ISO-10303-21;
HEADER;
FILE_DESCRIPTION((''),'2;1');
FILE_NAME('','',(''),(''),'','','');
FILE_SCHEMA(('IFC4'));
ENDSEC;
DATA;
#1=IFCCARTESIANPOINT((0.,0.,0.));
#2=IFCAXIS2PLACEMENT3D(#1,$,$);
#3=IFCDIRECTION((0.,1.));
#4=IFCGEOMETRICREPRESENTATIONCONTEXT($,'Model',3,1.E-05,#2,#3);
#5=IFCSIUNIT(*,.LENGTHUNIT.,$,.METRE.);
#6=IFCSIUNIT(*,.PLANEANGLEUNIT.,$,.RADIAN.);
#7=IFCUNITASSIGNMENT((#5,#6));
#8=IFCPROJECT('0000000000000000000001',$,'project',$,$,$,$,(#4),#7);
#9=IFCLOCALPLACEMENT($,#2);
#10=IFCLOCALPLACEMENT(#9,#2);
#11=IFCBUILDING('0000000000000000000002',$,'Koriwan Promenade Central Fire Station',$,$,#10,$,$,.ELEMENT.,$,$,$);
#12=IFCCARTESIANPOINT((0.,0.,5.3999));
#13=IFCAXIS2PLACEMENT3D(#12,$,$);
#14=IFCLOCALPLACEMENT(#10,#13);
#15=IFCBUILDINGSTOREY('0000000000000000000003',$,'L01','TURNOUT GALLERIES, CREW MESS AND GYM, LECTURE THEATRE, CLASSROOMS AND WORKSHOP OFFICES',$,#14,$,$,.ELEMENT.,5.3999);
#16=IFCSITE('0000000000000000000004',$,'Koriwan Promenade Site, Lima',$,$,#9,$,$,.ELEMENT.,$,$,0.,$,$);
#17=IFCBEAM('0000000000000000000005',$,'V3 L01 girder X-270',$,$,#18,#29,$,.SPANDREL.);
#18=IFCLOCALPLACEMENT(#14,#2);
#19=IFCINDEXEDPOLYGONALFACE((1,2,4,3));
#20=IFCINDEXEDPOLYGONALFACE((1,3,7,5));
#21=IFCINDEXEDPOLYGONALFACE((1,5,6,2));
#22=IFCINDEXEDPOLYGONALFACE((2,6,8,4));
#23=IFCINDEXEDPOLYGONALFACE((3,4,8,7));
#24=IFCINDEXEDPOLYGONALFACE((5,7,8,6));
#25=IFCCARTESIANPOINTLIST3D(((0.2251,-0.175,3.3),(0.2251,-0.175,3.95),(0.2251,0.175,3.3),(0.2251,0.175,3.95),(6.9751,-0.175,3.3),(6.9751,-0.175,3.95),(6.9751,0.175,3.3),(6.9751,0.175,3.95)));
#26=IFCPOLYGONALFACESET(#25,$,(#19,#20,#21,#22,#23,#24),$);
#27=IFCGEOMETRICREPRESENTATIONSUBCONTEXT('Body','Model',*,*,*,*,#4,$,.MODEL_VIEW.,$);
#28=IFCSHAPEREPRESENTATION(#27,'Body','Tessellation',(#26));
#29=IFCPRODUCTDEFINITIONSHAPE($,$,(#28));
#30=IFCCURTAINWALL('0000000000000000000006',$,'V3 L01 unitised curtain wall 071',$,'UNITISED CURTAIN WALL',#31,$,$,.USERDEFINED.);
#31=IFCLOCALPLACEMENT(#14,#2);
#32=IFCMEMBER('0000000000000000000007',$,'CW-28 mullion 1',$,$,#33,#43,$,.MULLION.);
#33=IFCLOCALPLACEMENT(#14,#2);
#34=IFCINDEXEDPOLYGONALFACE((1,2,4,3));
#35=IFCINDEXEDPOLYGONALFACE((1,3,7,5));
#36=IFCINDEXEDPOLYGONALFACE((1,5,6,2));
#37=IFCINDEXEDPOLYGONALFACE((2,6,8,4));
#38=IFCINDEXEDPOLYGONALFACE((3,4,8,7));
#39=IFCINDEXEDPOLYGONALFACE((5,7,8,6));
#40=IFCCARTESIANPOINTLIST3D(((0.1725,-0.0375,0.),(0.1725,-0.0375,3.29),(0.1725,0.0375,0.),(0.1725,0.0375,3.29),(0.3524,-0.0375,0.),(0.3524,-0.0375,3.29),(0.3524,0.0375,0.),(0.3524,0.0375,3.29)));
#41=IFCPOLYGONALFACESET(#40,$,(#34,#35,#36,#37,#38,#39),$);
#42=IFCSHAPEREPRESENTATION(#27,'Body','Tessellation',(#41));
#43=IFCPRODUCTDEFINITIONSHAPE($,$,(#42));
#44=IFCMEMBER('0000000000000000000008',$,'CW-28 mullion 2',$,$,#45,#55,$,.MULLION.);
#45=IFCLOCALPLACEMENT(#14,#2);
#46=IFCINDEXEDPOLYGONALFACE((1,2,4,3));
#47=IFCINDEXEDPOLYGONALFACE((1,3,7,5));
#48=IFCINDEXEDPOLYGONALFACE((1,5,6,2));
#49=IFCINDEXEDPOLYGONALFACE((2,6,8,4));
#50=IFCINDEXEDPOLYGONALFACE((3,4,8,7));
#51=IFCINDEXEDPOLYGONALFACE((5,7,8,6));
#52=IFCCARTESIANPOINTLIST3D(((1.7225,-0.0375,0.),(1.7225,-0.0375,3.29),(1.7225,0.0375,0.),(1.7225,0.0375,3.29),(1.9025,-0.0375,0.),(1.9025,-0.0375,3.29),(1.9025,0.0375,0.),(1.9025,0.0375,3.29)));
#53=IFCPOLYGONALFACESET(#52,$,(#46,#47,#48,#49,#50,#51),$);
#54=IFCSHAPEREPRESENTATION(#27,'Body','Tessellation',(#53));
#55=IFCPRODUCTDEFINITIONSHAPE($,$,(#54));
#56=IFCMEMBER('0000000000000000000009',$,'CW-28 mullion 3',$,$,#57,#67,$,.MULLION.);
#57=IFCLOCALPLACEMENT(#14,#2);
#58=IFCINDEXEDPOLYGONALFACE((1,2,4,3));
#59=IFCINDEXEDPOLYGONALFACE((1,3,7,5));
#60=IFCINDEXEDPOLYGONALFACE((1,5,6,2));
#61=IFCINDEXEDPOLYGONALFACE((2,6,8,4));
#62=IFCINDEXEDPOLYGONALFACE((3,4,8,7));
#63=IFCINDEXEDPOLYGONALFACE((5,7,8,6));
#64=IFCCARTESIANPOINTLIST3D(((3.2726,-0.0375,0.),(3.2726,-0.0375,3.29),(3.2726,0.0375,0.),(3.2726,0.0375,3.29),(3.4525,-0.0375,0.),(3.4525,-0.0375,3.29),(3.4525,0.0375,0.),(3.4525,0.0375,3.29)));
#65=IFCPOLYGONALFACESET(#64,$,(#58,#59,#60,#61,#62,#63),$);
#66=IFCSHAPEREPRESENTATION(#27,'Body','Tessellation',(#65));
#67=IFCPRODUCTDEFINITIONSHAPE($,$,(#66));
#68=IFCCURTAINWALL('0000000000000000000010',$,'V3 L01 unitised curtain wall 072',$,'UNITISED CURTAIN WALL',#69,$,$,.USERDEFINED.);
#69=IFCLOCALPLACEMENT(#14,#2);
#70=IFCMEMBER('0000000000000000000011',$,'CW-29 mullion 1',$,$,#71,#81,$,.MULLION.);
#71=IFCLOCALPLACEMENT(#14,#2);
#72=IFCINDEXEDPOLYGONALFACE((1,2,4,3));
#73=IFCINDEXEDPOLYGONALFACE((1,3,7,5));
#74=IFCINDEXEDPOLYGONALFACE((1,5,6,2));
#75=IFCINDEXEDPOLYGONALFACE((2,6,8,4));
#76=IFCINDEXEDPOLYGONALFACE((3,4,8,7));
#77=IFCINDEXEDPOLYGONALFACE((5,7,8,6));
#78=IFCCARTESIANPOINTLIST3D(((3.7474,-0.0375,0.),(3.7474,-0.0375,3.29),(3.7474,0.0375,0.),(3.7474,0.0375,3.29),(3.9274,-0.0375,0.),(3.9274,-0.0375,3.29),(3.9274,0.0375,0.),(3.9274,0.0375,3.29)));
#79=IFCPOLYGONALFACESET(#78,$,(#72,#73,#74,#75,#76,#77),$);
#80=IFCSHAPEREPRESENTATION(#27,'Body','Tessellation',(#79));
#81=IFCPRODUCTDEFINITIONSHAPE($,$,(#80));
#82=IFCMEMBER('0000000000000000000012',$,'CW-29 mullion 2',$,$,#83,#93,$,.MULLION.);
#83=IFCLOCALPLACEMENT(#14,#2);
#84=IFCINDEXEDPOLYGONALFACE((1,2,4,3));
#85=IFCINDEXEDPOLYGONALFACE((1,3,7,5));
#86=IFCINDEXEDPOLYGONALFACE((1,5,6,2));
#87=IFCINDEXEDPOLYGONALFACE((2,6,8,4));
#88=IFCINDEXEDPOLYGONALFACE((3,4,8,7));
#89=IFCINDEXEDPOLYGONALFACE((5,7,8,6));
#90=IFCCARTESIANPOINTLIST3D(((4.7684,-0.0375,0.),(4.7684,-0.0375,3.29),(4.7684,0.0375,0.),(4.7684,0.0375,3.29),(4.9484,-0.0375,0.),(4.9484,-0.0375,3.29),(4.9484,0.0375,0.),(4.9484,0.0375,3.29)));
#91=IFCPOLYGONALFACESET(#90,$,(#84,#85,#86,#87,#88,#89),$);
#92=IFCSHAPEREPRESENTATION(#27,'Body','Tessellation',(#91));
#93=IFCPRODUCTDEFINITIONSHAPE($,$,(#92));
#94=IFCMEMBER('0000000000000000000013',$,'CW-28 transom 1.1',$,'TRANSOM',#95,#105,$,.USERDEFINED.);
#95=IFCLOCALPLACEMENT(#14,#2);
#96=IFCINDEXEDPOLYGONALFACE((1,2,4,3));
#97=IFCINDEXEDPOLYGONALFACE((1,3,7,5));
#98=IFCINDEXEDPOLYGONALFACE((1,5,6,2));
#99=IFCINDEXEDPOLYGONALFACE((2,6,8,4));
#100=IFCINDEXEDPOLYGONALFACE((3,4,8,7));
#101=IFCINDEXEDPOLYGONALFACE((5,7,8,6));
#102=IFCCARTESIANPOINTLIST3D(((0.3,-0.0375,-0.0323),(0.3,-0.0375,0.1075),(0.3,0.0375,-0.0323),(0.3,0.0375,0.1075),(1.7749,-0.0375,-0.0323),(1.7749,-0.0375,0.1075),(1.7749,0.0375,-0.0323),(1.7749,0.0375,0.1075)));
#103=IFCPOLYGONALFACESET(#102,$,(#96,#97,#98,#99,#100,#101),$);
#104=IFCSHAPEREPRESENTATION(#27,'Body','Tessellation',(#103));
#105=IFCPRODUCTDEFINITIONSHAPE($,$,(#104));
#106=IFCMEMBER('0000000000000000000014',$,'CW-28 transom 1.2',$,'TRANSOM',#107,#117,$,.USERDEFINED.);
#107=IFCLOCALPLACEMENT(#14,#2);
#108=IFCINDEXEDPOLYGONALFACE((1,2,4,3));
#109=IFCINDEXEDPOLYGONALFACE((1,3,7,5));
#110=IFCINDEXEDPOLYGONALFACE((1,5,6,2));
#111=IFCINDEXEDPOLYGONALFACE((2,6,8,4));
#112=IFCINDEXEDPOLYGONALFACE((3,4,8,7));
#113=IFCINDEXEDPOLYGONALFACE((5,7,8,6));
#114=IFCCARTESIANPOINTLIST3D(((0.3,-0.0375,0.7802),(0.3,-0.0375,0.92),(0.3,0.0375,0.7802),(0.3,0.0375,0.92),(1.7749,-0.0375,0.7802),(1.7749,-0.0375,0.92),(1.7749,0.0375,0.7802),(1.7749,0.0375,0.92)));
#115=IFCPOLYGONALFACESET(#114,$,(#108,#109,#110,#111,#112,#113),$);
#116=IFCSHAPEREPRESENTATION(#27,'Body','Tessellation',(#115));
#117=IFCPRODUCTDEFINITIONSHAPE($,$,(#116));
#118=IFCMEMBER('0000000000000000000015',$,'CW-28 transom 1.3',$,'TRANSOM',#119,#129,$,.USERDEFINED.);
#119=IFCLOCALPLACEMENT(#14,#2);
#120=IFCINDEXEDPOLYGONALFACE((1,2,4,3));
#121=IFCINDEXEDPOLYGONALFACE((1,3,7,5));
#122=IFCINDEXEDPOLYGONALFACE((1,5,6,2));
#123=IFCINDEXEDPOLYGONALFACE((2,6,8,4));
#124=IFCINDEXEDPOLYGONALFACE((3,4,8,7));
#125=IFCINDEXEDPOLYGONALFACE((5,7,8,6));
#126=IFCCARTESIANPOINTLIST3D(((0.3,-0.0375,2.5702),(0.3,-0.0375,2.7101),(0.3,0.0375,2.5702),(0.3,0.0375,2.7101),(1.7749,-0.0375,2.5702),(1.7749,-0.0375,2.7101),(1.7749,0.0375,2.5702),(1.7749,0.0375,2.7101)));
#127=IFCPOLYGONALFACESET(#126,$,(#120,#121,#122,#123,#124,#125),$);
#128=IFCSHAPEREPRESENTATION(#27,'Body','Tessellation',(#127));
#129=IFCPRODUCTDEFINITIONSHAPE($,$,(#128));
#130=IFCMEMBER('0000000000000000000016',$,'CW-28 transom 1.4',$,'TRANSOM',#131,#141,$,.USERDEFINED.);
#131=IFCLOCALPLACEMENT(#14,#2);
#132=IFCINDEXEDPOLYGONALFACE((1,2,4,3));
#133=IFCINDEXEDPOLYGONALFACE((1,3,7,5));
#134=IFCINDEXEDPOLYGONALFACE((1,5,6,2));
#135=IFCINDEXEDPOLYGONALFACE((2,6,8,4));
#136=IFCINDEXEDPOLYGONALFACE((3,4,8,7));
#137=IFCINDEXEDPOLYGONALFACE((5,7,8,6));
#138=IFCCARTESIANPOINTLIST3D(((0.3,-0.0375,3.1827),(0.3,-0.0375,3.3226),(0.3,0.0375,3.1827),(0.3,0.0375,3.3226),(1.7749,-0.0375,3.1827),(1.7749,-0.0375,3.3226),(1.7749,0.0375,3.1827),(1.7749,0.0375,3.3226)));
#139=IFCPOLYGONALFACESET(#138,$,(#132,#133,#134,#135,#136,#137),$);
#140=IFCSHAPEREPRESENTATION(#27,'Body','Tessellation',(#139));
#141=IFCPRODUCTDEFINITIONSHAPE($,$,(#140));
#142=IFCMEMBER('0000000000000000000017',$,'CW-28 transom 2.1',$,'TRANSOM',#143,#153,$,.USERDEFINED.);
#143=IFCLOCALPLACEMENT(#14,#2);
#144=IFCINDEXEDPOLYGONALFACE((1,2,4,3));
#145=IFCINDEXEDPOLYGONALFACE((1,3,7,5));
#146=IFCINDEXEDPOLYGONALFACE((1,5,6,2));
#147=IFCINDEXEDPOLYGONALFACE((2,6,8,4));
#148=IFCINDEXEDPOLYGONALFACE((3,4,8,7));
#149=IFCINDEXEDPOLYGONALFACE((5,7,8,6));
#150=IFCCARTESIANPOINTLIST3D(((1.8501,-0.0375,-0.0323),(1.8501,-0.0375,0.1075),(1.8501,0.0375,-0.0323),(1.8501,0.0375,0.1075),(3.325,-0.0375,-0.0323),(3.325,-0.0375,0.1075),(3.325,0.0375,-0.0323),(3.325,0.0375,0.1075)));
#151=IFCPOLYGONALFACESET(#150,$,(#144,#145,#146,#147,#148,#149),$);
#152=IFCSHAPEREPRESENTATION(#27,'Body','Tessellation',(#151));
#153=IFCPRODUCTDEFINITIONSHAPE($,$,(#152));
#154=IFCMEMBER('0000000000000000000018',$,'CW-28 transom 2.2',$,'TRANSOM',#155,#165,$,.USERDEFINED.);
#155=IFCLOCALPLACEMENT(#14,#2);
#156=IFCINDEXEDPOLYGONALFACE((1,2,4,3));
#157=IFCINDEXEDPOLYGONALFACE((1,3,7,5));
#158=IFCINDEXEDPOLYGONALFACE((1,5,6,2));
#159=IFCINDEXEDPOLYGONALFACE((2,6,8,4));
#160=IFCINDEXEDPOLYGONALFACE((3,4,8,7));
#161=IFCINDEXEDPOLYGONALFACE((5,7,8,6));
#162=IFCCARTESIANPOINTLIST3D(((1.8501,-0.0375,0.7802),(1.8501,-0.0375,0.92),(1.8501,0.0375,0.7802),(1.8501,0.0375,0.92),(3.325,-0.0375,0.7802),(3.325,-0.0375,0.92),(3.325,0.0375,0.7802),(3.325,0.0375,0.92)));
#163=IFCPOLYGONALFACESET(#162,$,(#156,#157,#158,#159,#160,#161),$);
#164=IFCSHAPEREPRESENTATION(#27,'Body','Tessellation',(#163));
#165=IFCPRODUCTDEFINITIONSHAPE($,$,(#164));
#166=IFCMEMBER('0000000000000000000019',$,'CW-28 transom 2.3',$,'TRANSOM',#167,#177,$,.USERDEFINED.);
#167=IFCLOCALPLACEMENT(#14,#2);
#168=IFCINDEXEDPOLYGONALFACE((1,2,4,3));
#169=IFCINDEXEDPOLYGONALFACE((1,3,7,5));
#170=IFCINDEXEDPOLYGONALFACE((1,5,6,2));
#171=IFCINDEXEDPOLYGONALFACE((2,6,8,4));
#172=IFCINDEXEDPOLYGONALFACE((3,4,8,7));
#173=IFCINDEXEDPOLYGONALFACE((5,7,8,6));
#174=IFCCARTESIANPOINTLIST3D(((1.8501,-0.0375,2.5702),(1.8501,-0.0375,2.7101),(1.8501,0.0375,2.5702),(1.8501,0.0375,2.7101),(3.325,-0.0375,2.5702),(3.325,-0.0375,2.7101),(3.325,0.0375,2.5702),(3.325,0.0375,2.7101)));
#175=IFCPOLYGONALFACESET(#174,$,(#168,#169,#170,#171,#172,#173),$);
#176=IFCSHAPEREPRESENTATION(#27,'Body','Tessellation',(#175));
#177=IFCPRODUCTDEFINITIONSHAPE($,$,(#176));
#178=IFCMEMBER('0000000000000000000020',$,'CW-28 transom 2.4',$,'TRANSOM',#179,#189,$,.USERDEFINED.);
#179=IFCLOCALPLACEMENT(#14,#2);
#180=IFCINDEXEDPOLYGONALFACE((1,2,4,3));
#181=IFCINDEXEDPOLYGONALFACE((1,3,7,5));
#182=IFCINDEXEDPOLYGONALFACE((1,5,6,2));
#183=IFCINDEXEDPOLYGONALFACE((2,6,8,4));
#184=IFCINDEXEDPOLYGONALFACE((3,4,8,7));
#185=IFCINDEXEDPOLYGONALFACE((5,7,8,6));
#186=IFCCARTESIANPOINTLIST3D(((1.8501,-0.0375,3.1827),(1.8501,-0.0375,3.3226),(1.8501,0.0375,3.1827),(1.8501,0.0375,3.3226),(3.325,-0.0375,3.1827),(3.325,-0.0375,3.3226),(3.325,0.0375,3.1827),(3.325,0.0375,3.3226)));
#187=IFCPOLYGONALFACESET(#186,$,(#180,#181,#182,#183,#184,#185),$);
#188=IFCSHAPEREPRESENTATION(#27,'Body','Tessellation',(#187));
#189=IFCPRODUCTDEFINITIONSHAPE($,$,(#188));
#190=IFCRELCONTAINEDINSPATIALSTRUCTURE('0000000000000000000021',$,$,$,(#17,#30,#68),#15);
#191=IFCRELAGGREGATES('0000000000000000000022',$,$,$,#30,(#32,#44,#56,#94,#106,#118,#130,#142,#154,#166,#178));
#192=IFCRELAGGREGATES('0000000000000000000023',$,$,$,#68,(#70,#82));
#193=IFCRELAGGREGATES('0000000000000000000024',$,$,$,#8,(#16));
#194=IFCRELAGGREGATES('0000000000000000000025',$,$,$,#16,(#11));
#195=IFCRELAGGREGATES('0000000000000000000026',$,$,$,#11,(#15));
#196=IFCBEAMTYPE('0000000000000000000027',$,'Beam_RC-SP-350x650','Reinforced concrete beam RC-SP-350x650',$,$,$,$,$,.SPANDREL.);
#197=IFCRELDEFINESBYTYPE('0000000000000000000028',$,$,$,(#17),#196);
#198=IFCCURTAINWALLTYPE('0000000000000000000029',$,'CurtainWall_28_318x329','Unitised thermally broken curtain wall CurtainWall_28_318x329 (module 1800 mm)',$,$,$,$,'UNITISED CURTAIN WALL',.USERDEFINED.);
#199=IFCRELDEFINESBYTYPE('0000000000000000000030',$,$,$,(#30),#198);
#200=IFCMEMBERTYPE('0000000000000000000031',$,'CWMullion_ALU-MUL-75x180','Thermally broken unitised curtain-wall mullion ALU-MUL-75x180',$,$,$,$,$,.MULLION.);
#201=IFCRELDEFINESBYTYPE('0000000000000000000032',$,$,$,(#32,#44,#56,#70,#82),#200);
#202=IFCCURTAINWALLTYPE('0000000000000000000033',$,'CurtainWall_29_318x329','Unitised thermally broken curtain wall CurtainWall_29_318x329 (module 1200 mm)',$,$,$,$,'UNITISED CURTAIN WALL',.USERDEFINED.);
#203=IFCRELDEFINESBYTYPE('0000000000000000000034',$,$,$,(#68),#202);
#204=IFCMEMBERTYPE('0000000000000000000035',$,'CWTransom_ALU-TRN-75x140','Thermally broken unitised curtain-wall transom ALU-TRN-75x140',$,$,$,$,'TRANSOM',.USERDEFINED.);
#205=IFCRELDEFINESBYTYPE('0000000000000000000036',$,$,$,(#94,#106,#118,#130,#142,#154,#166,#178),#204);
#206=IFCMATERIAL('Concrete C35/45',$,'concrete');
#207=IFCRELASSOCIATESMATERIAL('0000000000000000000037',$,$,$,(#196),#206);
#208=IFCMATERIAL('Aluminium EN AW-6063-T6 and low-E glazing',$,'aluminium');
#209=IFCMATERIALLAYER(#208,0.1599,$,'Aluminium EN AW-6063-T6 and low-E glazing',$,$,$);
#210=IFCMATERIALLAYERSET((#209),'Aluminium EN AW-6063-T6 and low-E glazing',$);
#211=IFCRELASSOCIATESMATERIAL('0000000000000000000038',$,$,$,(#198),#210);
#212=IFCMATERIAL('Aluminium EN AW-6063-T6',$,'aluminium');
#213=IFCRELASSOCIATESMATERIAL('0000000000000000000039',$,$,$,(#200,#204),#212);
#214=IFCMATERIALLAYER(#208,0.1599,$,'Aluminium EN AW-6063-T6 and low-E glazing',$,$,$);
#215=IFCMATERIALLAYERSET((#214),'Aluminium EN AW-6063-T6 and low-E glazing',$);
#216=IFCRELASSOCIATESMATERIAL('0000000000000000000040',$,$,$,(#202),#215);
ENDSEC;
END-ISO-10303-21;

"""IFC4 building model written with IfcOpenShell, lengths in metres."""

from ifc_helpers import new_model, si_unit, direction, frame, origin, origin_2d, place, context, subcontext, project, spatial, rectangle, extrude, material, layer, layer_set, material_profile, profile_set, type_object, element, aggregate, save


model = new_model("IFC4")

# Units and contexts
model_context = context("Model", 3, precision=1e-05, world=origin(), true_north=direction((0.0, 1.0)))
body_context = subcontext(model_context, "Body", "Model", "MODEL_VIEW")
ifc_project = project(units=[si_unit("LENGTHUNIT", "METRE"), si_unit("PLANEANGLEUNIT", "RADIAN")], contexts=[model_context])

# Site, building, storey
site_placement = place(None, origin())
site = spatial("IfcSite", under=ifc_project, at=site_placement, Name="Koriwan Promenade Site, Lima", CompositionType="ELEMENT", RefElevation=0.0)
building_placement = place(site_placement, origin())
building = spatial("IfcBuilding", under=site, at=building_placement, Name="Koriwan Promenade Central Fire Station", CompositionType="ELEMENT")
storey_placement = place(building_placement, frame((0.0, 0.0, 5.3999)))
storey = spatial("IfcBuildingStorey", under=building, at=storey_placement, Name="L01", Description="TURNOUT GALLERIES, CREW MESS AND GYM, LECTURE THEATRE, CLASSROOMS AND WORKSHOP OFFICES", CompositionType="ELEMENT", Elevation=5.3999)

# Beam
ifc_material_1 = material(Name="Concrete C35/45", Category="concrete")
ifc_material_profile_1 = material_profile(ifc_material_1, rectangle(XDim=0.3501, YDim=0.6499, at=origin_2d()), Name="RC-SP-350x650")
ifc_profile_set_1 = profile_set([ifc_material_profile_1], Name="Concrete C35/45")
beam_type_1 = type_object("IfcBeamType", Name="Beam_RC-SP-350x650", Description="Reinforced concrete beam RC-SP-350x650", PredefinedType="SPANDREL", material=ifc_profile_set_1)
beam_1_placement = place(storey_placement, frame((0.2251, 0.0, 3.625), z_axis=(1.0, 0.0, 0.0), x_axis=(0.0, 1.0, 0.0)))
element("IfcBeam", 1, at=beam_1_placement, inside=storey, type_object=beam_type_1, Name="V3 L01 girder X-270", PredefinedType="SPANDREL", context=body_context, shape_type="SweptSolid", body=[
    extrude(rectangle(XDim=0.3501, YDim=0.6499, at=origin_2d()), origin(), (0.0, 0.0, 1.0), 6.75),
])

# Curtain walls, members
ifc_material_2 = material(Name="Aluminium EN AW-6063-T6 and low-E glazing", Category="aluminium")
ifc_layer_1 = layer(ifc_material_2, 0.1599, Name="Aluminium EN AW-6063-T6 and low-E glazing")
ifc_layer_set_1 = layer_set([ifc_layer_1], Name="Aluminium EN AW-6063-T6 and low-E glazing")
curtain_wall_type_1 = type_object("IfcCurtainWallType", Name="CurtainWall_28_318x329", Description="Unitised thermally broken curtain wall CurtainWall_28_318x329 (module 1800 mm)", ElementType="UNITISED CURTAIN WALL", PredefinedType="USERDEFINED", material=ifc_layer_set_1)
curtain_wall_1_placement = place(storey_placement, origin())
curtain_wall_1 = element("IfcCurtainWall", 2, at=curtain_wall_1_placement, inside=storey, type_object=curtain_wall_type_1, Name="V3 L01 unitised curtain wall 071", ObjectType="UNITISED CURTAIN WALL", PredefinedType="USERDEFINED")
ifc_material_3 = material(Name="Aluminium EN AW-6063-T6", Category="aluminium")
ifc_material_profile_2 = material_profile(ifc_material_3, rectangle(XDim=0.075, YDim=0.1799, at=origin_2d()), Name="ALU-MUL-75x180")
ifc_profile_set_2 = profile_set([ifc_material_profile_2], Name="Aluminium EN AW-6063-T6")
member_type_1 = type_object("IfcMemberType", Name="CWMullion_ALU-MUL-75x180", Description="Thermally broken unitised curtain-wall mullion ALU-MUL-75x180", PredefinedType="MULLION", material=ifc_profile_set_2)
member_1_placement = place(storey_placement, frame((0.2625, 0.0, 0.0), z_axis=(0.0, 0.0, 1.0), x_axis=(0.0, 1.0, 0.0)))
member_1 = element("IfcMember", 3, at=member_1_placement, type_object=member_type_1, Name="CW-28 mullion 1", PredefinedType="MULLION", context=body_context, shape_type="SweptSolid", body=[
    extrude(rectangle(XDim=0.075, YDim=0.1799, at=origin_2d()), origin(), (0.0, 0.0, 1.0), 3.29),
])
member_2_placement = place(storey_placement, frame((1.8125, 0.0, 0.0), z_axis=(0.0, 0.0, 1.0), x_axis=(0.0, 1.0, 0.0)))
member_2 = element("IfcMember", 4, at=member_2_placement, type_object=member_type_1, Name="CW-28 mullion 2", PredefinedType="MULLION", context=body_context, shape_type="SweptSolid", body=[
    extrude(rectangle(XDim=0.075, YDim=0.1799, at=origin_2d()), origin(), (0.0, 0.0, 1.0), 3.29),
])
member_3_placement = place(storey_placement, frame((3.3625, 0.0, 0.0), z_axis=(0.0, 0.0, 1.0), x_axis=(0.0, 1.0, 0.0)))
member_3 = element("IfcMember", 5, at=member_3_placement, type_object=member_type_1, Name="CW-28 mullion 3", PredefinedType="MULLION", context=body_context, shape_type="SweptSolid", body=[
    extrude(rectangle(XDim=0.075, YDim=0.1799, at=origin_2d()), origin(), (0.0, 0.0, 1.0), 3.29),
])
ifc_layer_2 = layer(ifc_material_2, 0.1599, Name="Aluminium EN AW-6063-T6 and low-E glazing")
ifc_layer_set_2 = layer_set([ifc_layer_2], Name="Aluminium EN AW-6063-T6 and low-E glazing")
curtain_wall_type_2 = type_object("IfcCurtainWallType", Name="CurtainWall_29_318x329", Description="Unitised thermally broken curtain wall CurtainWall_29_318x329 (module 1200 mm)", ElementType="UNITISED CURTAIN WALL", PredefinedType="USERDEFINED", material=ifc_layer_set_2)
curtain_wall_2_placement = place(storey_placement, origin())
curtain_wall_2 = element("IfcCurtainWall", 6, at=curtain_wall_2_placement, inside=storey, type_object=curtain_wall_type_2, Name="V3 L01 unitised curtain wall 072", ObjectType="UNITISED CURTAIN WALL", PredefinedType="USERDEFINED")
member_4_placement = place(storey_placement, frame((3.8374, 0.0, 0.0), z_axis=(0.0, 0.0, 1.0), x_axis=(0.0, 1.0, 0.0)))
member_4 = element("IfcMember", 7, at=member_4_placement, type_object=member_type_1, Name="CW-29 mullion 1", PredefinedType="MULLION", context=body_context, shape_type="SweptSolid", body=[
    extrude(rectangle(XDim=0.075, YDim=0.1799, at=origin_2d()), origin(), (0.0, 0.0, 1.0), 3.29),
])
member_5_placement = place(storey_placement, frame((4.8584, 0.0, 0.0), z_axis=(0.0, 0.0, 1.0), x_axis=(0.0, 1.0, 0.0)))
member_5 = element("IfcMember", 8, at=member_5_placement, type_object=member_type_1, Name="CW-29 mullion 2", PredefinedType="MULLION", context=body_context, shape_type="SweptSolid", body=[
    extrude(rectangle(XDim=0.075, YDim=0.1799, at=origin_2d()), origin(), (0.0, 0.0, 1.0), 3.29),
])

# Members
ifc_material_profile_3 = material_profile(ifc_material_3, rectangle(XDim=0.075, YDim=0.1399, at=origin_2d()), Name="ALU-TRN-75x140")
ifc_profile_set_3 = profile_set([ifc_material_profile_3], Name="Aluminium EN AW-6063-T6")
member_type_2 = type_object("IfcMemberType", Name="CWTransom_ALU-TRN-75x140", Description="Thermally broken unitised curtain-wall transom ALU-TRN-75x140", ElementType="TRANSOM", PredefinedType="USERDEFINED", material=ifc_profile_set_3)
member_6_placement = place(storey_placement, frame((0.3, 0.0, 0.0376), z_axis=(1.0, 0.0, 0.0), x_axis=(0.0, 1.0, 0.0)))
member_6 = element("IfcMember", 9, at=member_6_placement, type_object=member_type_2, Name="CW-28 transom 1.1", ObjectType="TRANSOM", PredefinedType="USERDEFINED", context=body_context, shape_type="SweptSolid", body=[
    extrude(rectangle(XDim=0.075, YDim=0.1399, at=origin_2d()), origin(), (0.0, 0.0, 1.0), 1.4749),
])
member_7_placement = place(storey_placement, frame((0.3, 0.0, 0.8501), z_axis=(1.0, 0.0, 0.0), x_axis=(0.0, 1.0, 0.0)))
member_7 = element("IfcMember", 10, at=member_7_placement, type_object=member_type_2, Name="CW-28 transom 1.2", ObjectType="TRANSOM", PredefinedType="USERDEFINED", context=body_context, shape_type="SweptSolid", body=[
    extrude(rectangle(XDim=0.075, YDim=0.1399, at=origin_2d()), origin(), (0.0, 0.0, 1.0), 1.4749),
])
member_8_placement = place(storey_placement, frame((0.3, 0.0, 2.6401), z_axis=(1.0, 0.0, 0.0), x_axis=(0.0, 1.0, 0.0)))
member_8 = element("IfcMember", 11, at=member_8_placement, type_object=member_type_2, Name="CW-28 transom 1.3", ObjectType="TRANSOM", PredefinedType="USERDEFINED", context=body_context, shape_type="SweptSolid", body=[
    extrude(rectangle(XDim=0.075, YDim=0.1399, at=origin_2d()), origin(), (0.0, 0.0, 1.0), 1.4749),
])
member_9_placement = place(storey_placement, frame((0.3, 0.0, 3.2527), z_axis=(1.0, 0.0, 0.0), x_axis=(0.0, 1.0, 0.0)))
member_9 = element("IfcMember", 12, at=member_9_placement, type_object=member_type_2, Name="CW-28 transom 1.4", ObjectType="TRANSOM", PredefinedType="USERDEFINED", context=body_context, shape_type="SweptSolid", body=[
    extrude(rectangle(XDim=0.075, YDim=0.1399, at=origin_2d()), origin(), (0.0, 0.0, 1.0), 1.4749),
])
member_10_placement = place(storey_placement, frame((1.8501, 0.0, 0.0376), z_axis=(1.0, 0.0, 0.0), x_axis=(0.0, 1.0, 0.0)))
member_10 = element("IfcMember", 13, at=member_10_placement, type_object=member_type_2, Name="CW-28 transom 2.1", ObjectType="TRANSOM", PredefinedType="USERDEFINED", context=body_context, shape_type="SweptSolid", body=[
    extrude(rectangle(XDim=0.075, YDim=0.1399, at=origin_2d()), origin(), (0.0, 0.0, 1.0), 1.4749),
])
member_11_placement = place(storey_placement, frame((1.8501, 0.0, 0.8501), z_axis=(1.0, 0.0, 0.0), x_axis=(0.0, 1.0, 0.0)))
member_11 = element("IfcMember", 14, at=member_11_placement, type_object=member_type_2, Name="CW-28 transom 2.2", ObjectType="TRANSOM", PredefinedType="USERDEFINED", context=body_context, shape_type="SweptSolid", body=[
    extrude(rectangle(XDim=0.075, YDim=0.1399, at=origin_2d()), origin(), (0.0, 0.0, 1.0), 1.4749),
])
member_12_placement = place(storey_placement, frame((1.8501, 0.0, 2.6401), z_axis=(1.0, 0.0, 0.0), x_axis=(0.0, 1.0, 0.0)))
member_12 = element("IfcMember", 15, at=member_12_placement, type_object=member_type_2, Name="CW-28 transom 2.3", ObjectType="TRANSOM", PredefinedType="USERDEFINED", context=body_context, shape_type="SweptSolid", body=[
    extrude(rectangle(XDim=0.075, YDim=0.1399, at=origin_2d()), origin(), (0.0, 0.0, 1.0), 1.4749),
])
member_13_placement = place(storey_placement, frame((1.8501, 0.0, 3.2527), z_axis=(1.0, 0.0, 0.0), x_axis=(0.0, 1.0, 0.0)))
member_13 = element("IfcMember", 16, at=member_13_placement, type_object=member_type_2, Name="CW-28 transom 2.4", ObjectType="TRANSOM", PredefinedType="USERDEFINED", context=body_context, shape_type="SweptSolid", body=[
    extrude(rectangle(XDim=0.075, YDim=0.1399, at=origin_2d()), origin(), (0.0, 0.0, 1.0), 1.4749),
])

aggregate(curtain_wall_1, [member_1, member_2, member_3, member_6, member_7, member_8, member_9, member_10, member_11, member_12, member_13])
aggregate(curtain_wall_2, [member_4, member_5])

save(model, "model.ifc")
